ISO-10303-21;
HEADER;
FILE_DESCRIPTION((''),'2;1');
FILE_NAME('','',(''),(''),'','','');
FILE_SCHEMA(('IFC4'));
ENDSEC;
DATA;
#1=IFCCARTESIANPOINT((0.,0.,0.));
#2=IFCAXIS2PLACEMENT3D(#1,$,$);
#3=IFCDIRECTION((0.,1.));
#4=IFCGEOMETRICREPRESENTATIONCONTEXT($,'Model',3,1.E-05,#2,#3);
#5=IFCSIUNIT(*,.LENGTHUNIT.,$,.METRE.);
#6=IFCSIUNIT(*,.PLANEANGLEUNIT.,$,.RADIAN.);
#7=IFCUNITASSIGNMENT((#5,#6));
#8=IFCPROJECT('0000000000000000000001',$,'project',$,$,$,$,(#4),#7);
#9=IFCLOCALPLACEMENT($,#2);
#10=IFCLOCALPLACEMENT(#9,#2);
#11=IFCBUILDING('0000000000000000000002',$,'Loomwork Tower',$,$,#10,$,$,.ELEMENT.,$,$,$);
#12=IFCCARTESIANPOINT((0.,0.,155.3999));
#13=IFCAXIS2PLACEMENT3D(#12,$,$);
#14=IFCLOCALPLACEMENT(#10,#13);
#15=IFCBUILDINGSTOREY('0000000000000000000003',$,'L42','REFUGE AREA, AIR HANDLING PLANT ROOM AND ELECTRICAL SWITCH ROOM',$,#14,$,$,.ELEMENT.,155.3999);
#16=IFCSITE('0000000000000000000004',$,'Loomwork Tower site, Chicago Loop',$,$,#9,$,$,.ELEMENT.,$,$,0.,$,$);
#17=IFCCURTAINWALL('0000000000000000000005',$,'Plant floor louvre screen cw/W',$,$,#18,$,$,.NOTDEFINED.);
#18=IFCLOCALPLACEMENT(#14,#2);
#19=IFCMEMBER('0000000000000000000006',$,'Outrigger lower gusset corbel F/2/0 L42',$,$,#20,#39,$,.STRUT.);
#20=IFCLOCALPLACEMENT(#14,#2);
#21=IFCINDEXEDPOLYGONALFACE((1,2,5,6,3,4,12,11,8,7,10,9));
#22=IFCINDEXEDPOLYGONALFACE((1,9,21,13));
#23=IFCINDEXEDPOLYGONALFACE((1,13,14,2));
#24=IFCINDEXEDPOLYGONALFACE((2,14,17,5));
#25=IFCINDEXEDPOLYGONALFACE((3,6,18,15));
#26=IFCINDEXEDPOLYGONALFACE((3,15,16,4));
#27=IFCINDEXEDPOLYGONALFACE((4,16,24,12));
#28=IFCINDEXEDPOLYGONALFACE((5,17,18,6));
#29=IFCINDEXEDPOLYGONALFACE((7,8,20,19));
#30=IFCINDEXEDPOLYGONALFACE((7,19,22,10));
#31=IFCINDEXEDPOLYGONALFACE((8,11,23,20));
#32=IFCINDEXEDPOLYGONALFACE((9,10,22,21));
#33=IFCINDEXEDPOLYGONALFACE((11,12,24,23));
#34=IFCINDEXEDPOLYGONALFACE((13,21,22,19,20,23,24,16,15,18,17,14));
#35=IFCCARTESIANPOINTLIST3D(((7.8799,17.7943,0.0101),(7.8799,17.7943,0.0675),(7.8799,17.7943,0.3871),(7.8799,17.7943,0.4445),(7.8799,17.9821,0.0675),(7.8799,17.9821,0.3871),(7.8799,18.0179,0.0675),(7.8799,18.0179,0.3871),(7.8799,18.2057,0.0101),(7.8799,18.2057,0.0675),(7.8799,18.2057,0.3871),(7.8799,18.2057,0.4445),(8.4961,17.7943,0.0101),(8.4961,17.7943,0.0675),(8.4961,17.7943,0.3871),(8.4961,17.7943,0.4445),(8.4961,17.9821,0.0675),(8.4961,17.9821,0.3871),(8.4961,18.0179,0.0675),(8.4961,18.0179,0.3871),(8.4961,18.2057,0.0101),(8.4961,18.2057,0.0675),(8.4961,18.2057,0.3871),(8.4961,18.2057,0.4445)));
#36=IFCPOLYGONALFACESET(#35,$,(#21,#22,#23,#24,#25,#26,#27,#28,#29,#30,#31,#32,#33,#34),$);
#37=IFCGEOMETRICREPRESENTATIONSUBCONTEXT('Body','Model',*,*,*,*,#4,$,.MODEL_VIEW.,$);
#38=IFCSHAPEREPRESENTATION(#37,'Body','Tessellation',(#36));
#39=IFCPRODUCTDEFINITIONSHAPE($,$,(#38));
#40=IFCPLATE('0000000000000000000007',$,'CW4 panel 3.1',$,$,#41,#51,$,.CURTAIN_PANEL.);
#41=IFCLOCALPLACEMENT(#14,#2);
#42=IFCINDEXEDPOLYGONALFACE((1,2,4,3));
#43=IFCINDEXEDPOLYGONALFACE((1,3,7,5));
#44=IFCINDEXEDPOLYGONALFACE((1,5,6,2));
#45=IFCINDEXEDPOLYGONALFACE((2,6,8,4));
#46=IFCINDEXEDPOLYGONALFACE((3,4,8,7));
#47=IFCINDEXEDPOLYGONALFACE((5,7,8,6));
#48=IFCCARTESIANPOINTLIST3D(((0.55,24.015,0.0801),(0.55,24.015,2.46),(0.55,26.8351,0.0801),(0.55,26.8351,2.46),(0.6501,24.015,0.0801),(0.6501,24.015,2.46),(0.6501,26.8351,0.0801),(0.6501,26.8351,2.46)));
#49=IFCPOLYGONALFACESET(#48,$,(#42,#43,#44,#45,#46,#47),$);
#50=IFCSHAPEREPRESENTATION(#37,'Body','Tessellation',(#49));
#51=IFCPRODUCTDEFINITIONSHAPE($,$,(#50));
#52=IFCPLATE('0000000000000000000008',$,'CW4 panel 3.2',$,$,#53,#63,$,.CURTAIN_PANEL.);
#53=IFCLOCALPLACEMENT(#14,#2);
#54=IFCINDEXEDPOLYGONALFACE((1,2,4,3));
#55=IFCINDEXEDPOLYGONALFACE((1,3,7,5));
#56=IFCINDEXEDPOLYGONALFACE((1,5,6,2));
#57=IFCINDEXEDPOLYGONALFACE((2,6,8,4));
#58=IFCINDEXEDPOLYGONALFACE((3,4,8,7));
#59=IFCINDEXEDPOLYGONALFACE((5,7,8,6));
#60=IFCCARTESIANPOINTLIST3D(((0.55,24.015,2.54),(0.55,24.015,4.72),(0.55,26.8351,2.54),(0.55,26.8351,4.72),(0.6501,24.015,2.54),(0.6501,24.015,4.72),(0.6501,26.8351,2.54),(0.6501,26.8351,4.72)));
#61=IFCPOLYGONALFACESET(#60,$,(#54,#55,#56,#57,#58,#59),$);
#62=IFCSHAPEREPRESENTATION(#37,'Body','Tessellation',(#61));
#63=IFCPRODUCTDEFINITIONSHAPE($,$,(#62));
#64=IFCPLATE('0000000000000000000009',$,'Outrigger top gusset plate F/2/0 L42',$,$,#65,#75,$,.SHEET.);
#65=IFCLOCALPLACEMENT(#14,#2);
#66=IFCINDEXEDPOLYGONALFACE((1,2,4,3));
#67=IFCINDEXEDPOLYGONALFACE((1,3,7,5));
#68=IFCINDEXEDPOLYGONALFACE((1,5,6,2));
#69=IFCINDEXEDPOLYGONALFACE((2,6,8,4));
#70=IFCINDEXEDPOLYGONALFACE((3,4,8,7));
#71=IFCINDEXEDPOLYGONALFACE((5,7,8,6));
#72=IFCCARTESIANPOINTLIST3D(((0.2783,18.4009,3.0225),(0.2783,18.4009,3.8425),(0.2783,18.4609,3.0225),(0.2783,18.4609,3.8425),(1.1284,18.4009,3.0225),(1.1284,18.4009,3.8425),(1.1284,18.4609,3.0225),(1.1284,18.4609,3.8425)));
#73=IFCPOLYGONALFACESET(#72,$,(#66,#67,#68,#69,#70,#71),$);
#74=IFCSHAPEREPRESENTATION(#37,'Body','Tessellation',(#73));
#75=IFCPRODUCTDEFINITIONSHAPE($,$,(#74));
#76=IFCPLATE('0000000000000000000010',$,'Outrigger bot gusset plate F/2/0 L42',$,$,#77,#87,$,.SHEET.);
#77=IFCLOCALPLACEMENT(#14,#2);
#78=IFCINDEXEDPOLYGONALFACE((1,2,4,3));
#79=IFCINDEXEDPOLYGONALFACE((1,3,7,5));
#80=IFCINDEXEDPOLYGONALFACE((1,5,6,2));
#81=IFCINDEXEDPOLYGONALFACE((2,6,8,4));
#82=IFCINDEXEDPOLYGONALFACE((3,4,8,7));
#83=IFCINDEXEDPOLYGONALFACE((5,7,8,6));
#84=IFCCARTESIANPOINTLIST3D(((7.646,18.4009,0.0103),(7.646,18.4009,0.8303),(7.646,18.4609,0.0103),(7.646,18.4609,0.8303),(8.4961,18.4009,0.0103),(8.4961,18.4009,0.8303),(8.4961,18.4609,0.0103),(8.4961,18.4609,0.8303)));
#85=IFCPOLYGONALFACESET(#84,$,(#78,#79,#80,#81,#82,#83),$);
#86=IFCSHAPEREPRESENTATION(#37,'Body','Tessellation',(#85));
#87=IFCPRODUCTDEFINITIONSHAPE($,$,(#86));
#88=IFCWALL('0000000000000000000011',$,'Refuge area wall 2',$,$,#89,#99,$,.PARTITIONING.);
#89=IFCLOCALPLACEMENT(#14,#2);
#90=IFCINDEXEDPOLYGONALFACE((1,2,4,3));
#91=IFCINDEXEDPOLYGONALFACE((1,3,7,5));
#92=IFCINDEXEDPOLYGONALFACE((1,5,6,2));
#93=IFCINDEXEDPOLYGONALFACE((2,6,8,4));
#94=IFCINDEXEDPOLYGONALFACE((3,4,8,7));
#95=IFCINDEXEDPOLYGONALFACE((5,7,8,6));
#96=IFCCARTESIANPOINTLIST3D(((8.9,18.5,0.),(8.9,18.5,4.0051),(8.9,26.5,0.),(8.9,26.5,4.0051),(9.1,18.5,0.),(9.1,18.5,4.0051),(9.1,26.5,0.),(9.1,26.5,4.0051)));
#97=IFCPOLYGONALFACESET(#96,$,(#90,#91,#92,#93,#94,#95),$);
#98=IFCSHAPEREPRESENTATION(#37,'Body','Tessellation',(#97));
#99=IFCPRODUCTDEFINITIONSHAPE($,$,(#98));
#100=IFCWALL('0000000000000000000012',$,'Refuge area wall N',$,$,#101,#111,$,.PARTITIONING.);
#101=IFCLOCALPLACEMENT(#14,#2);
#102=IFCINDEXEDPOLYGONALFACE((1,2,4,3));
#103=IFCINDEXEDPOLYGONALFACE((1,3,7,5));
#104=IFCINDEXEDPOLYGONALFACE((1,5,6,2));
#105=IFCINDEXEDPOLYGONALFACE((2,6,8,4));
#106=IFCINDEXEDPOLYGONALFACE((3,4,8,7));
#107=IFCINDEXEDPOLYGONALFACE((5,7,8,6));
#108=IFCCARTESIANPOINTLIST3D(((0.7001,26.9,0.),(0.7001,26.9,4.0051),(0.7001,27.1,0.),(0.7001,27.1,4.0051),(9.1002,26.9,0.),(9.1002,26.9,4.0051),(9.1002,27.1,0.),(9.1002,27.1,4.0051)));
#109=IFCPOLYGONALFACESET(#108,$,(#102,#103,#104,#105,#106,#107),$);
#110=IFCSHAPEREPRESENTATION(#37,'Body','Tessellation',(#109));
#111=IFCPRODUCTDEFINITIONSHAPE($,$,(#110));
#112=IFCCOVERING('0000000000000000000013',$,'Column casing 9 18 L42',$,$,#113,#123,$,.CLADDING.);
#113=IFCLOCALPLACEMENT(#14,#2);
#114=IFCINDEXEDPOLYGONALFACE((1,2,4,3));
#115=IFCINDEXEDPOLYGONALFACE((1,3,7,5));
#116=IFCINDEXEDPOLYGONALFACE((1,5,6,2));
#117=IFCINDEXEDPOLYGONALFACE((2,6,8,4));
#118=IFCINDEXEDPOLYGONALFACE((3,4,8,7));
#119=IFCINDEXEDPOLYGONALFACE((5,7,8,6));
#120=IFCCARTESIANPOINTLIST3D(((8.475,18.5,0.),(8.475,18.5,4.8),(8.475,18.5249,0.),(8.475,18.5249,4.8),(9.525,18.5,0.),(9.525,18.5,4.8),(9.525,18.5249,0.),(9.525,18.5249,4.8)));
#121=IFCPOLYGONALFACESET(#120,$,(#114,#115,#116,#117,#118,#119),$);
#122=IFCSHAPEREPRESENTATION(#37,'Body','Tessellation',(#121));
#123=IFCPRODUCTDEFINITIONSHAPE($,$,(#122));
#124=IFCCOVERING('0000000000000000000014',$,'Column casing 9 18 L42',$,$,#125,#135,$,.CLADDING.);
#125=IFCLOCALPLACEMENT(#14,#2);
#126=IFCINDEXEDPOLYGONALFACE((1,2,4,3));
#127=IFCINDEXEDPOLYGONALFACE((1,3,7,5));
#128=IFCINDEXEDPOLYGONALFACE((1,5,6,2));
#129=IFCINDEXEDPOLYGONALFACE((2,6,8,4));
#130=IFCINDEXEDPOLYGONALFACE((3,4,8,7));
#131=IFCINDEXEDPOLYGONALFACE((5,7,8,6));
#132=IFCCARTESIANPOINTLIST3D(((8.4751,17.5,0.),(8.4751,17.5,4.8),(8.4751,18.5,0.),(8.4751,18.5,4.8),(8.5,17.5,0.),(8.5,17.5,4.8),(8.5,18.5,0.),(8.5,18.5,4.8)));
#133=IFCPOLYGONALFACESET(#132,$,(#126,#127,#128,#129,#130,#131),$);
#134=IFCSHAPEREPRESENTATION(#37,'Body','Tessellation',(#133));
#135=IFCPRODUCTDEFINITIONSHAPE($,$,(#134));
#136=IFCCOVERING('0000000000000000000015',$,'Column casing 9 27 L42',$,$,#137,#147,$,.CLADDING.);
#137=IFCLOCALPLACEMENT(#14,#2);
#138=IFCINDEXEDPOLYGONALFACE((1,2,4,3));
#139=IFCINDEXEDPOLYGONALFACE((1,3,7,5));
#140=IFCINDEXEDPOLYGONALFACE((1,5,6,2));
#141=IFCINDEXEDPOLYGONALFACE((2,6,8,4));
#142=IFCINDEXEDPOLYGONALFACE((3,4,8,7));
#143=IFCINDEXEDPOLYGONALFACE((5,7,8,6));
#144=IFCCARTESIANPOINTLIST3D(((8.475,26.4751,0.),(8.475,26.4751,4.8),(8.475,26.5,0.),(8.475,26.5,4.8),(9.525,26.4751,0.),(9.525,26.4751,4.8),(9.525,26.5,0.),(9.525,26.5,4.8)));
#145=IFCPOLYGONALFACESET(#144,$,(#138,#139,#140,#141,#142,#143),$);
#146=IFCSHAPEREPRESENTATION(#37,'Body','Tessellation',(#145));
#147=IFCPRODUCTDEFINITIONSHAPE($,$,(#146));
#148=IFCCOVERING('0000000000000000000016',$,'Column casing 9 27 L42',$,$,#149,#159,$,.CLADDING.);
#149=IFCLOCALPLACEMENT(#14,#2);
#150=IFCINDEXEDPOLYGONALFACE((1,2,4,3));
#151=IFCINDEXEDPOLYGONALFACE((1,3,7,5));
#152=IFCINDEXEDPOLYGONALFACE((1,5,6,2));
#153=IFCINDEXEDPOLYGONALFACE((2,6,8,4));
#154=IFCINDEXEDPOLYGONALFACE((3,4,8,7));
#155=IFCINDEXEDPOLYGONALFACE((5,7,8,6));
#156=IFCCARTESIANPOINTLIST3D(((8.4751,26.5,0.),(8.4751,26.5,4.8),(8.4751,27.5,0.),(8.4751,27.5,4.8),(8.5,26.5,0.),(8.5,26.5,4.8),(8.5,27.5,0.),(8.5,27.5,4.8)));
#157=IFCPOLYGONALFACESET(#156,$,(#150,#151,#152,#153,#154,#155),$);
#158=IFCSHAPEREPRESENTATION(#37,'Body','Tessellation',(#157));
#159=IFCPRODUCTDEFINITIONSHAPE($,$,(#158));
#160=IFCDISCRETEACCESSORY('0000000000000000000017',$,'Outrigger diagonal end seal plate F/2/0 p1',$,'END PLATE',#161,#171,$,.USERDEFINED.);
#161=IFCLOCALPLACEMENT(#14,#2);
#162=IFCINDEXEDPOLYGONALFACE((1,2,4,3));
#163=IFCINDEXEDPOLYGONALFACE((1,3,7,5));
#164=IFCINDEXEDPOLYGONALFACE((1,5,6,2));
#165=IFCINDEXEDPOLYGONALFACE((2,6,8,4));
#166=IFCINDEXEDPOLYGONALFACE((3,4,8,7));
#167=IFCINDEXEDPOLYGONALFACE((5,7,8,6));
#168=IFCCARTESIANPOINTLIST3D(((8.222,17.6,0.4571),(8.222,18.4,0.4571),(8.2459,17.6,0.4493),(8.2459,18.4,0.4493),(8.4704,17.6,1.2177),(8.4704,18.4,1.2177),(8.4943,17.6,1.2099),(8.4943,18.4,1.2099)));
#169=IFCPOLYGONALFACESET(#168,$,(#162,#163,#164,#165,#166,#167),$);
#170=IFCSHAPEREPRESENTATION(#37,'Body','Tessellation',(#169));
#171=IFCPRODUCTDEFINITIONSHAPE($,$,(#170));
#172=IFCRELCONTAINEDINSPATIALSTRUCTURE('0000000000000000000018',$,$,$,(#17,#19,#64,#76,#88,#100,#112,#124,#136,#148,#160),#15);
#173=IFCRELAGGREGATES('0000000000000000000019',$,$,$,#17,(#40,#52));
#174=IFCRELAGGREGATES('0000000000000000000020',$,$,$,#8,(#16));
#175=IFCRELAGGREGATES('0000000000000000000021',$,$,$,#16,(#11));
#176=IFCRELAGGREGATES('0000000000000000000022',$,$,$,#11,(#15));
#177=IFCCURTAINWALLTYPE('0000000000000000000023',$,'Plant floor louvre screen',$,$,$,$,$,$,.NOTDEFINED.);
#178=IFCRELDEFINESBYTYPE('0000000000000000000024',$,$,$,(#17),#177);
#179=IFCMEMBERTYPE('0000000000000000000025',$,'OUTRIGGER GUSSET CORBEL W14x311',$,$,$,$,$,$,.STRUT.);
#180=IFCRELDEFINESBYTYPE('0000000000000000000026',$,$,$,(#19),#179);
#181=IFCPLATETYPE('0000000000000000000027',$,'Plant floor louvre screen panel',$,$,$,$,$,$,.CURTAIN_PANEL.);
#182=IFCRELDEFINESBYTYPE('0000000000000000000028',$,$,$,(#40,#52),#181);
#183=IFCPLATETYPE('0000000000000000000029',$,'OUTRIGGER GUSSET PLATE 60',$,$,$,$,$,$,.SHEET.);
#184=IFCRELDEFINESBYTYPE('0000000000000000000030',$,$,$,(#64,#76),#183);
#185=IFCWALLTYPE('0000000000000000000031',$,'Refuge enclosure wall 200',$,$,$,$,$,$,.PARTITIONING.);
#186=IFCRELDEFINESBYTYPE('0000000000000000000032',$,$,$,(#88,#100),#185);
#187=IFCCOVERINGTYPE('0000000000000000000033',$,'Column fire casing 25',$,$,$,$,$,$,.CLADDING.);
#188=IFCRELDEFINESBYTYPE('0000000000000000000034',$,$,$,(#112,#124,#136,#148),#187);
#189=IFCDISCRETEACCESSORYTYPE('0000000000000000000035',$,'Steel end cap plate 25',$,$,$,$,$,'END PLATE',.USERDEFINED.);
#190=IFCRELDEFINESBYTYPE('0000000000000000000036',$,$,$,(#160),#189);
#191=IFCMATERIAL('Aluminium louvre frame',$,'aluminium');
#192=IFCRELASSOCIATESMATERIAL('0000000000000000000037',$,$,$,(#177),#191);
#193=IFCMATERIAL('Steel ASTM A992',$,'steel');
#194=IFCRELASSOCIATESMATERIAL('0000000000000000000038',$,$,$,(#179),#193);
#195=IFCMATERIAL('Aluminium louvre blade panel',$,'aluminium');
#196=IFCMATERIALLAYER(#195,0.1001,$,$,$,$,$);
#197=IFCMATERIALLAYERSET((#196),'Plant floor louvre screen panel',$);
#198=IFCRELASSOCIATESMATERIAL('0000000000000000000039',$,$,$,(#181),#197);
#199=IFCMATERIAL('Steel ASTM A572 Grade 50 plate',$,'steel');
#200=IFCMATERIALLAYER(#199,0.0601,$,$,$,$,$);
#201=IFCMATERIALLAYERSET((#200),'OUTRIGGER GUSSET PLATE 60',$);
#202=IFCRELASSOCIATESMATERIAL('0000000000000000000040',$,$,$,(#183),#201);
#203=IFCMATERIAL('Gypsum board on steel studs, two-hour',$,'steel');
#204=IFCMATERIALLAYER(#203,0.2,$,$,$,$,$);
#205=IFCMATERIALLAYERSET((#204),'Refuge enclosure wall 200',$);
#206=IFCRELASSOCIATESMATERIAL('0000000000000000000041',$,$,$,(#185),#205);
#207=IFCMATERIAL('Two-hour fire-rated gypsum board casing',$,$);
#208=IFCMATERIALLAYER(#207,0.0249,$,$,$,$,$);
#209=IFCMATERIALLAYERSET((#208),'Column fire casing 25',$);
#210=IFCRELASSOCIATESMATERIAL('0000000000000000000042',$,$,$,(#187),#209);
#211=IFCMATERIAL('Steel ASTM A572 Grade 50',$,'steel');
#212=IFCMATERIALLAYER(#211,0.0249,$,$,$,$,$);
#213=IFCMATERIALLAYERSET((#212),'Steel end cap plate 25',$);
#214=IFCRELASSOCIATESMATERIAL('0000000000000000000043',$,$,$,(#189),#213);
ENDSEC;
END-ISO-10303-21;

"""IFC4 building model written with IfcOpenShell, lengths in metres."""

from ifc_helpers import new_model, si_unit, direction, frame, frame_2d, origin, origin_2d, place, context, subcontext, project, spatial, rectangle, i_section, extrude, material, layer, layer_set, material_profile, profile_set, type_object, element, aggregate, save


model = new_model("IFC4")

# Units and contexts
model_context = context("Model", 3, precision=1e-05, world=origin(), true_north=direction((0.0, 1.0)))
body_context = subcontext(model_context, "Body", "Model", "MODEL_VIEW")
ifc_project = project(units=[si_unit("LENGTHUNIT", "METRE"), si_unit("PLANEANGLEUNIT", "RADIAN")], contexts=[model_context])

# Site, building, storey
site_placement = place(None, origin())
site = spatial("IfcSite", under=ifc_project, at=site_placement, Name="Loomwork Tower site, Chicago Loop", CompositionType="ELEMENT", RefElevation=0.0)
building_placement = place(site_placement, origin())
building = spatial("IfcBuilding", under=site, at=building_placement, Name="Loomwork Tower", CompositionType="ELEMENT")
storey_placement = place(building_placement, frame((0.0, 0.0, 155.3999)))
storey = spatial("IfcBuildingStorey", under=building, at=storey_placement, Name="L42", Description="REFUGE AREA, AIR HANDLING PLANT ROOM AND ELECTRICAL SWITCH ROOM", CompositionType="ELEMENT", Elevation=155.3999)

# Curtain wall
ifc_material_1 = material(Name="Aluminium louvre frame", Category="aluminium")
curtain_wall_type = type_object("IfcCurtainWallType", Name="Plant floor louvre screen", PredefinedType="NOTDEFINED", material=ifc_material_1)
curtain_wall_placement = place(storey_placement, origin())
curtain_wall = element("IfcCurtainWall", 1, at=curtain_wall_placement, inside=storey, type_object=curtain_wall_type, Name="Plant floor louvre screen cw/W", PredefinedType="NOTDEFINED")

# Member
ifc_material_2 = material(Name="Steel ASTM A992", Category="steel")
ifc_material_profile_1 = material_profile(ifc_material_2, i_section(OverallWidth=0.4114, OverallDepth=0.4343, WebThickness=0.0359, FlangeThickness=0.0574, at=origin_2d()), Name="W14x311")
ifc_profile_set_1 = profile_set([ifc_material_profile_1], Name="Steel ASTM A992")
member_type_1 = type_object("IfcMemberType", Name="OUTRIGGER GUSSET CORBEL W14x311", PredefinedType="STRUT", material=ifc_profile_set_1)
member_1_placement = place(storey_placement, frame((8.4961, 18.0, 0.2273), z_axis=(-1.0, 0.0, 0.0), x_axis=(0.0, -1.0, 0.0)))
element("IfcMember", 2, at=member_1_placement, inside=storey, type_object=member_type_1, Name="Outrigger lower gusset corbel F/2/0 L42", PredefinedType="STRUT", context=body_context, shape_type="SweptSolid", body=[
    extrude(i_section(OverallWidth=0.4114, OverallDepth=0.4343, WebThickness=0.0359, FlangeThickness=0.0574, at=origin_2d()), origin(), (0.0, 0.0, 1.0), 0.6162),
])

# Plates
ifc_material_3 = material(Name="Aluminium louvre blade panel", Category="aluminium")
ifc_layer_1 = layer(ifc_material_3, 0.1001)
ifc_layer_set_1 = layer_set([ifc_layer_1], Name="Plant floor louvre screen panel")
plate_type_1 = type_object("IfcPlateType", Name="Plant floor louvre screen panel", PredefinedType="CURTAIN_PANEL", material=ifc_layer_set_1)
plate_1_placement = place(storey_placement, frame((0.6001, 25.425, 0.0801), z_axis=(0.0, 0.0, 1.0), x_axis=(0.0, -1.0, 0.0)))
plate_1 = element("IfcPlate", 3, at=plate_1_placement, type_object=plate_type_1, Name="CW4 panel 3.1", PredefinedType="CURTAIN_PANEL", context=body_context, shape_type="SweptSolid", body=[
    extrude(rectangle(XDim=2.8201, YDim=0.1001, at=origin_2d()), origin(), (0.0, 0.0, 1.0), 2.3799),
])
plate_2_placement = place(storey_placement, frame((0.6001, 25.425, 2.54), z_axis=(0.0, 0.0, 1.0), x_axis=(0.0, -1.0, 0.0)))
plate_2 = element("IfcPlate", 4, at=plate_2_placement, type_object=plate_type_1, Name="CW4 panel 3.2", PredefinedType="CURTAIN_PANEL", context=body_context, shape_type="SweptSolid", body=[
    extrude(rectangle(XDim=2.8201, YDim=0.1001, at=origin_2d()), origin(), (0.0, 0.0, 1.0), 2.1799),
])
aggregate(curtain_wall, [plate_1, plate_2])

# Plates
ifc_material_4 = material(Name="Steel ASTM A572 Grade 50 plate", Category="steel")
ifc_layer_2 = layer(ifc_material_4, 0.0601)
ifc_layer_set_2 = layer_set([ifc_layer_2], Name="OUTRIGGER GUSSET PLATE 60")
plate_type_2 = type_object("IfcPlateType", Name="OUTRIGGER GUSSET PLATE 60", PredefinedType="SHEET", material=ifc_layer_set_2)
for number, where, z_axis, x_axis, name in (
    (5, (0.7034, 18.4309, 3.0225), (0.0, 0.0, 1.0), (1.0, 0.0, 0.0), "Outrigger top gusset plate F/2/0 L42"),
    (6, (8.071, 18.4309, 0.0103), (0.0, 0.0, 1.0), (1.0, 0.0, 0.0), "Outrigger bot gusset plate F/2/0 L42"),
):
    element("IfcPlate", number, at=place(storey_placement, frame(where, z_axis=z_axis, x_axis=x_axis)), inside=storey, type_object=plate_type_2, Name=name, PredefinedType="SHEET", context=body_context, shape_type="SweptSolid", body=[
        extrude(rectangle(XDim=0.8501, YDim=0.0601, at=origin_2d()), origin(), (0.0, 0.0, 1.0), 0.8201),
    ])

# Walls
ifc_material_5 = material(Name="Gypsum board on steel studs, two-hour", Category="steel")
ifc_layer_3 = layer(ifc_material_5, 0.2)
ifc_layer_set_3 = layer_set([ifc_layer_3], Name="Refuge enclosure wall 200")
wall_type = type_object("IfcWallType", Name="Refuge enclosure wall 200", PredefinedType="PARTITIONING", material=ifc_layer_set_3)
wall_1_placement = place(storey_placement, frame((9.0, 18.5, 0.0), z_axis=(0.0, 0.0, 1.0), x_axis=(0.0, 1.0, 0.0)))
element("IfcWall", 7, at=wall_1_placement, inside=storey, type_object=wall_type, Name="Refuge area wall 2", PredefinedType="PARTITIONING", context=body_context, shape_type="SweptSolid", body=[
    extrude(rectangle(XDim=8.0, YDim=0.2, at=frame_2d((4.0, 0.0))), origin(), (0.0, 0.0, 1.0), 4.0051),
])
wall_2_placement = place(storey_placement, frame((0.7, 27.0, 0.0), z_axis=(0.0, 0.0, 1.0), x_axis=(1.0, 0.0, 0.0)))
element("IfcWall", 8, at=wall_2_placement, inside=storey, type_object=wall_type, Name="Refuge area wall N", PredefinedType="PARTITIONING", context=body_context, shape_type="SweptSolid", body=[
    extrude(rectangle(XDim=8.4001, YDim=0.2, at=frame_2d((4.2002, 0.0))), origin(), (0.0, 0.0, 1.0), 4.0051),
])

# Coverings
ifc_material_6 = material(Name="Two-hour fire-rated gypsum board casing")
ifc_layer_4 = layer(ifc_material_6, 0.0249)
ifc_layer_set_4 = layer_set([ifc_layer_4], Name="Column fire casing 25")
covering_type = type_object("IfcCoveringType", Name="Column fire casing 25", PredefinedType="CLADDING", material=ifc_layer_set_4)
covering_1_placement = place(storey_placement, frame((9.0, 18.5125, 0.0), z_axis=(0.0, 0.0, 1.0), x_axis=(1.0, 0.0, 0.0)))
element("IfcCovering", 9, at=covering_1_placement, inside=storey, type_object=covering_type, Name="Column casing 9 18 L42", PredefinedType="CLADDING", context=body_context, shape_type="SweptSolid", body=[
    extrude(rectangle(XDim=1.05, YDim=0.0249, at=origin_2d()), origin(), (0.0, 0.0, 1.0), 4.8),
])
covering_2_placement = place(storey_placement, frame((8.4875, 18.0, 0.0), z_axis=(0.0, 0.0, 1.0), x_axis=(1.0, 0.0, 0.0)))
element("IfcCovering", 10, at=covering_2_placement, inside=storey, type_object=covering_type, Name="Column casing 9 18 L42", PredefinedType="CLADDING", context=body_context, shape_type="SweptSolid", body=[
    extrude(rectangle(XDim=0.0249, YDim=1.0, at=origin_2d()), origin(), (0.0, 0.0, 1.0), 4.8),
])
covering_3_placement = place(storey_placement, frame((9.0, 26.4875, 0.0), z_axis=(0.0, 0.0, 1.0), x_axis=(1.0, 0.0, 0.0)))
element("IfcCovering", 11, at=covering_3_placement, inside=storey, type_object=covering_type, Name="Column casing 9 27 L42", PredefinedType="CLADDING", context=body_context, shape_type="SweptSolid", body=[
    extrude(rectangle(XDim=1.05, YDim=0.0249, at=origin_2d()), origin(), (0.0, 0.0, 1.0), 4.8),
])
covering_4_placement = place(storey_placement, frame((8.4875, 27.0, 0.0), z_axis=(0.0, 0.0, 1.0), x_axis=(1.0, 0.0, 0.0)))
element("IfcCovering", 12, at=covering_4_placement, inside=storey, type_object=covering_type, Name="Column casing 9 27 L42", PredefinedType="CLADDING", context=body_context, shape_type="SweptSolid", body=[
    extrude(rectangle(XDim=0.0249, YDim=1.0, at=origin_2d()), origin(), (0.0, 0.0, 1.0), 4.8),
])

# Discrete accessory
ifc_material_7 = material(Name="Steel ASTM A572 Grade 50", Category="steel")
ifc_layer_5 = layer(ifc_material_7, 0.0249)
ifc_layer_set_5 = layer_set([ifc_layer_5], Name="Steel end cap plate 25")
discrete_accessory_type = type_object("IfcDiscreteAccessoryType", Name="Steel end cap plate 25", ElementType="END PLATE", PredefinedType="USERDEFINED", material=ifc_layer_set_5)
discrete_accessory_placement = place(storey_placement, frame((8.3462, 18.0, 0.8374), z_axis=(0.950605, 0.0, -0.310402), x_axis=(0.0, 1.0, 0.0)))
element("IfcDiscreteAccessory", 13, at=discrete_accessory_placement, inside=storey, type_object=discrete_accessory_type, Name="Outrigger diagonal end seal plate F/2/0 p1", ObjectType="END PLATE", PredefinedType="USERDEFINED", context=body_context, shape_type="SweptSolid", body=[
    extrude(rectangle(XDim=0.8, YDim=0.8, at=origin_2d()), origin(), (0.0, 0.0, 1.0), 0.0251),
])

save(model, "model.ifc")
